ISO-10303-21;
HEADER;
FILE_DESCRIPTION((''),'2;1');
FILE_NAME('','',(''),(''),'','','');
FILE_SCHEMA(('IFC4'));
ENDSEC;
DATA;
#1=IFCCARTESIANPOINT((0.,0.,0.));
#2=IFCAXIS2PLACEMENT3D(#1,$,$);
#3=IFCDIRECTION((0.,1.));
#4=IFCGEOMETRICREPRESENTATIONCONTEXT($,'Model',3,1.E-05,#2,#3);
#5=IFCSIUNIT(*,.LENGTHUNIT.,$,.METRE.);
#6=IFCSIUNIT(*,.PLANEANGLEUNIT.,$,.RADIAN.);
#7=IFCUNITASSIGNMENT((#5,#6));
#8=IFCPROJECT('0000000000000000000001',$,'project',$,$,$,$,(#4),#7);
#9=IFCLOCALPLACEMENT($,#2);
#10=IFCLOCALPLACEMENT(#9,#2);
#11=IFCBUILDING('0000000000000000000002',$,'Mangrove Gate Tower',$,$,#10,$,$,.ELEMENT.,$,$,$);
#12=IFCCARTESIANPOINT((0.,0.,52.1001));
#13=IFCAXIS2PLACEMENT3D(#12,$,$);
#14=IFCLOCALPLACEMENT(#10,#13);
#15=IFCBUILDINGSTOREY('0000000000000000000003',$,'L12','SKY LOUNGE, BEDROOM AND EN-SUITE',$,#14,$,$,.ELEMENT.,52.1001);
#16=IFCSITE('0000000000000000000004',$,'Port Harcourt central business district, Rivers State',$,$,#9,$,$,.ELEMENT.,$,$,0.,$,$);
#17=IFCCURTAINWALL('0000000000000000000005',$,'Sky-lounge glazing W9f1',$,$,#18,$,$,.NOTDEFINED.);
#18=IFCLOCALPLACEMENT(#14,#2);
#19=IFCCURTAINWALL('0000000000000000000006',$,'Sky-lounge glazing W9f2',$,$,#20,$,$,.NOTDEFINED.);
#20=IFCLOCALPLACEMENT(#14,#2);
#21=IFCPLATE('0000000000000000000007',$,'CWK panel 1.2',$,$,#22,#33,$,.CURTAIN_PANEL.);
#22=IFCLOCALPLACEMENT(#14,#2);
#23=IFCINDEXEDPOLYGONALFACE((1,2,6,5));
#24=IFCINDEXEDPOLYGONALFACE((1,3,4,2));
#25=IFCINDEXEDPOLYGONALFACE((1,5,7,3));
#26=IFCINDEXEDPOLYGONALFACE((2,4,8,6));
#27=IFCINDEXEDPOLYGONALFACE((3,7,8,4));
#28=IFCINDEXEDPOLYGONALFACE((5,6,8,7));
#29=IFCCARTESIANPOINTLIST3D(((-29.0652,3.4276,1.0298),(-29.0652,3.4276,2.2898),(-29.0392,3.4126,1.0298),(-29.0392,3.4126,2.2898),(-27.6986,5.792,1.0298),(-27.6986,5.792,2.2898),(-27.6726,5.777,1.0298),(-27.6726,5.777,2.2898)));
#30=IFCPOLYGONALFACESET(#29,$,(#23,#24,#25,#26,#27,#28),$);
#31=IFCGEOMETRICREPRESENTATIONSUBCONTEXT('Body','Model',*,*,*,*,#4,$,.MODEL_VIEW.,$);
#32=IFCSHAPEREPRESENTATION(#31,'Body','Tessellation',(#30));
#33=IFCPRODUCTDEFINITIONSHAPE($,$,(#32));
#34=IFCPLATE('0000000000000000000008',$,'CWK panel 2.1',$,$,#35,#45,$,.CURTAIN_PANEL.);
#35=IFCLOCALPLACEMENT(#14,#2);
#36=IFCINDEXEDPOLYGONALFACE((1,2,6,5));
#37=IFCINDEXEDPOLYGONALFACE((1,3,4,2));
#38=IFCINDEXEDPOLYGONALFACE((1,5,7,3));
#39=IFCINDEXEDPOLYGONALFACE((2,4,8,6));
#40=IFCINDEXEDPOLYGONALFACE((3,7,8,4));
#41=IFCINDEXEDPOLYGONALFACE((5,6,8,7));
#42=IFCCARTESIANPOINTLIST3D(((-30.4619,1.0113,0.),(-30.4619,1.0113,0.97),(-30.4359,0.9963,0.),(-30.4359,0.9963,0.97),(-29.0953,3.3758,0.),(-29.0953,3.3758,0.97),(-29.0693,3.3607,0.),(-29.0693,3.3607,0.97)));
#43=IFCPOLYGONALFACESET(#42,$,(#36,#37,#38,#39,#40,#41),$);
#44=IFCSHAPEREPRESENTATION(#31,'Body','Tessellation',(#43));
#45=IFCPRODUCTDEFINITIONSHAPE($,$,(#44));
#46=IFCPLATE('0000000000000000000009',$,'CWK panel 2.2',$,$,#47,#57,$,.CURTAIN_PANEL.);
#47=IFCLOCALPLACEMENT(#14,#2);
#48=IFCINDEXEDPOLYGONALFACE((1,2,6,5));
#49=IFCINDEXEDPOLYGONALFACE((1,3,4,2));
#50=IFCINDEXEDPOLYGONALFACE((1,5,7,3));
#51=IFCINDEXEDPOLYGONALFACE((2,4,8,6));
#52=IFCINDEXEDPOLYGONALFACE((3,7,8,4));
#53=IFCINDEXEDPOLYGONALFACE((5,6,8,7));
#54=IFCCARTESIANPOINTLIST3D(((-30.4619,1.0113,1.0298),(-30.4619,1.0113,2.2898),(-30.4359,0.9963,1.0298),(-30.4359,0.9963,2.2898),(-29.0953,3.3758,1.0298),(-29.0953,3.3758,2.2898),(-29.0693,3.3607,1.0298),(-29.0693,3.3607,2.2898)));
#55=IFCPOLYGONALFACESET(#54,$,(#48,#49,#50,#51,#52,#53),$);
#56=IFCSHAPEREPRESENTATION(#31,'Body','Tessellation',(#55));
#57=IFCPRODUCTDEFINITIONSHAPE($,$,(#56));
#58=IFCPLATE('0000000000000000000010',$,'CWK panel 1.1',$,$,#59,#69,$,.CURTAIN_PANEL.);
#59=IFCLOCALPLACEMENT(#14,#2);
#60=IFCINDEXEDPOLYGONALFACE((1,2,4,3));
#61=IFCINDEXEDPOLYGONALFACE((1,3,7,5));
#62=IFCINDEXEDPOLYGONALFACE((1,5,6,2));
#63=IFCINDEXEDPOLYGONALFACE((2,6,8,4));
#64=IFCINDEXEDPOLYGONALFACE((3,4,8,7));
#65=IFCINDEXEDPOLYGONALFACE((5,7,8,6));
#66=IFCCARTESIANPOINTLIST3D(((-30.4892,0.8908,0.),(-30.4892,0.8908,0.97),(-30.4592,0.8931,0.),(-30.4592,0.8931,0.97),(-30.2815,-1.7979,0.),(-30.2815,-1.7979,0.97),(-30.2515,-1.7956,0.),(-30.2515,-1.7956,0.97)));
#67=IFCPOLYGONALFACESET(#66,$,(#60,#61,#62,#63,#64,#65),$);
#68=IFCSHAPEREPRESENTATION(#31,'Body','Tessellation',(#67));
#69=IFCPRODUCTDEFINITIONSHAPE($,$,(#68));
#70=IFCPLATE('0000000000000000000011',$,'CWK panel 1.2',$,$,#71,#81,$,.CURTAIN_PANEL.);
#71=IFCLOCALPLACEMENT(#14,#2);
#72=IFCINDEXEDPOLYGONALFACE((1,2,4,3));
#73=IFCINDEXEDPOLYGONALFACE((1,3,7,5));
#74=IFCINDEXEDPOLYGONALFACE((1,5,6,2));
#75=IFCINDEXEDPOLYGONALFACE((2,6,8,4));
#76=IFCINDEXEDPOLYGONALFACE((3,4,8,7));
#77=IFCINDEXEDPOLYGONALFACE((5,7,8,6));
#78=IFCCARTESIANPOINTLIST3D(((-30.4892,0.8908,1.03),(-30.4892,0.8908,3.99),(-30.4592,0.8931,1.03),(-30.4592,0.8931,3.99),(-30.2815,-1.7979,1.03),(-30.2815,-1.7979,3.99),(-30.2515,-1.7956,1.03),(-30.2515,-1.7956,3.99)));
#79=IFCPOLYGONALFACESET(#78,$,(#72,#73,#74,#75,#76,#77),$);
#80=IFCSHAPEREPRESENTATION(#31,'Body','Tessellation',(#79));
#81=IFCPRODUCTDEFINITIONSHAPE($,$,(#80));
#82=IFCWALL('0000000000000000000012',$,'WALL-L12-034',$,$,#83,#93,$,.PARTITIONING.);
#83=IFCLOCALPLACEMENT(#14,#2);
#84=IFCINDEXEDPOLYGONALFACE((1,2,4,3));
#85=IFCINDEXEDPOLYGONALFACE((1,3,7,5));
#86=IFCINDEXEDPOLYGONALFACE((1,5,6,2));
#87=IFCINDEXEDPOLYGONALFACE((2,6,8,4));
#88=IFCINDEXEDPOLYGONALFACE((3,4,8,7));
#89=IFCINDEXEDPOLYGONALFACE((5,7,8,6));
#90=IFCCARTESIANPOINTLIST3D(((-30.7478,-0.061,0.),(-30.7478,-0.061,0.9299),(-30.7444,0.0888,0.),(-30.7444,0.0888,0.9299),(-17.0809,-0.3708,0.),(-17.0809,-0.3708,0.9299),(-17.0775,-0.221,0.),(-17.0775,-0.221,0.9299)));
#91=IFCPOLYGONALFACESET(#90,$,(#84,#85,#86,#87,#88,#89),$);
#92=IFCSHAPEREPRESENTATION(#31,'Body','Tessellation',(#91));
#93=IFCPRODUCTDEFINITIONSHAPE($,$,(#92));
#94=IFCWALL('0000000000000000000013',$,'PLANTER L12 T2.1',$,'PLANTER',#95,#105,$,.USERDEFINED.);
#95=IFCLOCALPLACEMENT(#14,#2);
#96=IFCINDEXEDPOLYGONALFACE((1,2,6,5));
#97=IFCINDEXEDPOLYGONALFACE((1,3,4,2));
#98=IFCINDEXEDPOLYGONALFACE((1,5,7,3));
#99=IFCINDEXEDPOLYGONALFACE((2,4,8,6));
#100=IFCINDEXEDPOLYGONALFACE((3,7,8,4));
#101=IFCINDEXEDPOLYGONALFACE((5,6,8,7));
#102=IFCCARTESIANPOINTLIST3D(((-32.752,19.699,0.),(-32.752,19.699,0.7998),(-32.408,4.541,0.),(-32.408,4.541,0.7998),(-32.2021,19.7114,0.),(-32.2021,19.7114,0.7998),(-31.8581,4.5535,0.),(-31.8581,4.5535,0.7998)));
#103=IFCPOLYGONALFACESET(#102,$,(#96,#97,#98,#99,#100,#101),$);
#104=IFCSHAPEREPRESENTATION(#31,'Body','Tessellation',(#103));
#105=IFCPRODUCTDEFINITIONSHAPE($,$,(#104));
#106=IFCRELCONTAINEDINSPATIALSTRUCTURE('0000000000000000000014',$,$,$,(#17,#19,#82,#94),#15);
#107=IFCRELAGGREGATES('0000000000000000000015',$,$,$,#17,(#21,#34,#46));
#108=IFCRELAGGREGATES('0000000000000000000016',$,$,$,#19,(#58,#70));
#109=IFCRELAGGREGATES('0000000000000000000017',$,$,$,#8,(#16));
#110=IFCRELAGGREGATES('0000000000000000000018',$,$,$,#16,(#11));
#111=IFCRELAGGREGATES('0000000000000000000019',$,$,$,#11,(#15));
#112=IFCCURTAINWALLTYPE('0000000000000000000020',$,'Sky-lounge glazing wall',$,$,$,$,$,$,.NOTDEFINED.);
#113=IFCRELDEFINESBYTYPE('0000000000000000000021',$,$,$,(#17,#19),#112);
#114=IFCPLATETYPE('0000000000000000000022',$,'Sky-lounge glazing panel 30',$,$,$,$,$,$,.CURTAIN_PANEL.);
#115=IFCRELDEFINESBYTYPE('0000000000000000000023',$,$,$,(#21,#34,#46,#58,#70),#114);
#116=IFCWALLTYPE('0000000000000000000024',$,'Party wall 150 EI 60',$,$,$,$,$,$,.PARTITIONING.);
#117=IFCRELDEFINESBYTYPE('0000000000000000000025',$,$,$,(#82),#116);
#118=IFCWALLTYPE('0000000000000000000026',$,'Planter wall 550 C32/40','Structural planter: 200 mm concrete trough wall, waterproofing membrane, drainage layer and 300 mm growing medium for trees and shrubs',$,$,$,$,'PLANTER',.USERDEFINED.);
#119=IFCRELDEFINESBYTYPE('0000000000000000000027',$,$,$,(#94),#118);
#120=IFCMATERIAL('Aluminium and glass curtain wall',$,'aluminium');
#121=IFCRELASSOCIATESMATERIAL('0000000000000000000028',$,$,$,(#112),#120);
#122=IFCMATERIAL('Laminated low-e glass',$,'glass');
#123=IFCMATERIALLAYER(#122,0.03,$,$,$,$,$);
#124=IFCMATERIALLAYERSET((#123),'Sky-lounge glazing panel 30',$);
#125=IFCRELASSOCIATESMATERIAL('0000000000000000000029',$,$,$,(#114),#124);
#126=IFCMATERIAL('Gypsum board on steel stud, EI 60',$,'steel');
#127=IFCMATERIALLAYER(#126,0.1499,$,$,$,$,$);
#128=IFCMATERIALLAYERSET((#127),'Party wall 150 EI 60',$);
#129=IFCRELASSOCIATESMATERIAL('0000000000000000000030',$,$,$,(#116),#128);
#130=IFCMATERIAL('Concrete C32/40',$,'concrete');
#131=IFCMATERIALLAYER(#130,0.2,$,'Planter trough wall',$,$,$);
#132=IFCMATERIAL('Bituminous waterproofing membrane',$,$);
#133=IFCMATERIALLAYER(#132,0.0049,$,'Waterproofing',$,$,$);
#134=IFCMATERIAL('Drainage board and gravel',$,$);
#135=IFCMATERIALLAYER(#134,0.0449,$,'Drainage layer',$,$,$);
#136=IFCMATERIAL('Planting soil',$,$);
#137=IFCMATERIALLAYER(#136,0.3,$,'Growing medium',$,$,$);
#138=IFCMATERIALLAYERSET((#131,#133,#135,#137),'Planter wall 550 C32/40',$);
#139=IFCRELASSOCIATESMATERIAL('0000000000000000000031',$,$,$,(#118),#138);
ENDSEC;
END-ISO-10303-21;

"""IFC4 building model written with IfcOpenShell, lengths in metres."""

from ifc_helpers import new_model, si_unit, direction, frame, frame_2d, origin, origin_2d, place, context, subcontext, project, spatial, rectangle, extrude, material, layer, layer_set, type_object, element, aggregate, save


model = new_model("IFC4")

# Units and contexts
model_context = context("Model", 3, precision=1e-05, world=origin(), true_north=direction((0.0, 1.0)))
body_context = subcontext(model_context, "Body", "Model", "MODEL_VIEW")
ifc_project = project(units=[si_unit("LENGTHUNIT", "METRE"), si_unit("PLANEANGLEUNIT", "RADIAN")], contexts=[model_context])

# Site, building, storey
site_placement = place(None, origin())
site = spatial("IfcSite", under=ifc_project, at=site_placement, Name="Port Harcourt central business district, Rivers State", CompositionType="ELEMENT", RefElevation=0.0)
building_placement = place(site_placement, origin())
building = spatial("IfcBuilding", under=site, at=building_placement, Name="Mangrove Gate Tower", CompositionType="ELEMENT")
storey_placement = place(building_placement, frame((0.0, 0.0, 52.1001)))
storey = spatial("IfcBuildingStorey", under=building, at=storey_placement, Name="L12", Description="SKY LOUNGE, BEDROOM AND EN-SUITE", CompositionType="ELEMENT", Elevation=52.1001)

# Curtain walls
ifc_material_1 = material(Name="Aluminium and glass curtain wall", Category="aluminium")
curtain_wall_type = type_object("IfcCurtainWallType", Name="Sky-lounge glazing wall", PredefinedType="NOTDEFINED", material=ifc_material_1)
curtain_wall_1_placement = place(storey_placement, origin())
curtain_wall_1 = element("IfcCurtainWall", 1, at=curtain_wall_1_placement, inside=storey, type_object=curtain_wall_type, Name="Sky-lounge glazing W9f1", PredefinedType="NOTDEFINED")
curtain_wall_2_placement = place(storey_placement, origin())
curtain_wall_2 = element("IfcCurtainWall", 2, at=curtain_wall_2_placement, inside=storey, type_object=curtain_wall_type, Name="Sky-lounge glazing W9f2", PredefinedType="NOTDEFINED")

# Plates
ifc_material_2 = material(Name="Laminated low-e glass", Category="glass")
ifc_layer_1 = layer(ifc_material_2, 0.03)
ifc_layer_set_1 = layer_set([ifc_layer_1], Name="Sky-lounge glazing panel 30")
plate_type = type_object("IfcPlateType", Name="Sky-lounge glazing panel 30", PredefinedType="CURTAIN_PANEL", material=ifc_layer_set_1)
plate_1_placement = place(storey_placement, frame((-28.3689, 4.6023, 1.0298), z_axis=(0.0, 0.0, 1.0), x_axis=(-0.500418, -0.865784, 0.0)))
plate_1 = element("IfcPlate", 3, at=plate_1_placement, type_object=plate_type, Name="CWK panel 1.2", PredefinedType="CURTAIN_PANEL", context=body_context, shape_type="SweptSolid", body=[
    extrude(rectangle(XDim=2.731, YDim=0.03, at=origin_2d()), origin(), (0.0, 0.0, 1.0), 1.26),
])
plate_2_placement = place(storey_placement, frame((-29.7656, 2.186, 0.0), z_axis=(0.0, 0.0, 1.0), x_axis=(-0.500418, -0.865784, 0.0)))
plate_2 = element("IfcPlate", 4, at=plate_2_placement, type_object=plate_type, Name="CWK panel 2.1", PredefinedType="CURTAIN_PANEL", context=body_context, shape_type="SweptSolid", body=[
    extrude(rectangle(XDim=2.731, YDim=0.03, at=origin_2d()), origin(), (0.0, 0.0, 1.0), 0.97),
])
plate_3_placement = place(storey_placement, frame((-29.7656, 2.186, 1.0298), z_axis=(0.0, 0.0, 1.0), x_axis=(-0.500418, -0.865784, 0.0)))
plate_3 = element("IfcPlate", 5, at=plate_3_placement, type_object=plate_type, Name="CWK panel 2.2", PredefinedType="CURTAIN_PANEL", context=body_context, shape_type="SweptSolid", body=[
    extrude(rectangle(XDim=2.731, YDim=0.03, at=origin_2d()), origin(), (0.0, 0.0, 1.0), 1.26),
])
aggregate(curtain_wall_1, [plate_1, plate_2, plate_3])
plate_4_placement = place(storey_placement, frame((-30.3704, -0.4524, 0.0), z_axis=(0.0, 0.0, 1.0), x_axis=(0.077023, -0.997029, 0.0)))
plate_4 = element("IfcPlate", 6, at=plate_4_placement, type_object=plate_type, Name="CWK panel 1.1", PredefinedType="CURTAIN_PANEL", context=body_context, shape_type="SweptSolid", body=[
    extrude(rectangle(XDim=2.6968, YDim=0.03, at=origin_2d()), origin(), (0.0, 0.0, 1.0), 0.97),
])
plate_5_placement = place(storey_placement, frame((-30.3704, -0.4524, 1.03), z_axis=(0.0, 0.0, 1.0), x_axis=(0.077023, -0.997029, 0.0)))
plate_5 = element("IfcPlate", 7, at=plate_5_placement, type_object=plate_type, Name="CWK panel 1.2", PredefinedType="CURTAIN_PANEL", context=body_context, shape_type="SweptSolid", body=[
    extrude(rectangle(XDim=2.6968, YDim=0.03, at=origin_2d()), origin(), (0.0, 0.0, 1.0), 2.96),
])
aggregate(curtain_wall_2, [plate_4, plate_5])

# Walls
ifc_material_3 = material(Name="Gypsum board on steel stud, EI 60", Category="steel")
ifc_layer_2 = layer(ifc_material_3, 0.1499)
ifc_layer_set_2 = layer_set([ifc_layer_2], Name="Party wall 150 EI 60")
wall_type_1 = type_object("IfcWallType", Name="Party wall 150 EI 60", PredefinedType="PARTITIONING", material=ifc_layer_set_2)
wall_1_placement = place(storey_placement, frame((-30.7461, 0.0139, 0.0), z_axis=(0.0, 0.0, 1.0), x_axis=(0.999743, -0.022663, 0.0)))
element("IfcWall", 8, at=wall_1_placement, inside=storey, type_object=wall_type_1, Name="WALL-L12-034", PredefinedType="PARTITIONING", context=body_context, shape_type="SweptSolid", body=[
    extrude(rectangle(XDim=13.6704, YDim=0.1499, at=frame_2d((6.8352, 0.0))), origin(), (0.0, 0.0, 1.0), 0.9299),
])
ifc_material_4 = material(Name="Concrete C32/40", Category="concrete")
ifc_layer_3 = layer(ifc_material_4, 0.2, Name="Planter trough wall")
ifc_material_5 = material(Name="Bituminous waterproofing membrane")
ifc_layer_4 = layer(ifc_material_5, 0.0049, Name="Waterproofing")
ifc_material_6 = material(Name="Drainage board and gravel")
ifc_layer_5 = layer(ifc_material_6, 0.0449, Name="Drainage layer")
ifc_material_7 = material(Name="Planting soil")
ifc_layer_6 = layer(ifc_material_7, 0.3, Name="Growing medium")
ifc_layer_set_3 = layer_set([ifc_layer_3, ifc_layer_4, ifc_layer_5, ifc_layer_6], Name="Planter wall 550 C32/40")
wall_type_2 = type_object("IfcWallType", Name="Planter wall 550 C32/40", Description="Structural planter: 200 mm concrete trough wall, waterproofing membrane, drainage layer and 300 mm growing medium for trees and shrubs", ElementType="PLANTER", PredefinedType="USERDEFINED", material=ifc_layer_set_3)
wall_2_placement = place(storey_placement, frame((-32.1331, 4.5471, 0.0), z_axis=(0.0, 0.0, 1.0), x_axis=(-0.022688, 0.999743, 0.0)))
element("IfcWall", 9, at=wall_2_placement, inside=storey, type_object=wall_type_2, Name="PLANTER L12 T2.1", ObjectType="PLANTER", PredefinedType="USERDEFINED", context=body_context, shape_type="SweptSolid", body=[
    extrude(rectangle(XDim=15.1619, YDim=0.55, at=frame_2d((7.5811, 0.0))), origin(), (0.0, 0.0, 1.0), 0.7998),
])

save(model, "model.ifc")
